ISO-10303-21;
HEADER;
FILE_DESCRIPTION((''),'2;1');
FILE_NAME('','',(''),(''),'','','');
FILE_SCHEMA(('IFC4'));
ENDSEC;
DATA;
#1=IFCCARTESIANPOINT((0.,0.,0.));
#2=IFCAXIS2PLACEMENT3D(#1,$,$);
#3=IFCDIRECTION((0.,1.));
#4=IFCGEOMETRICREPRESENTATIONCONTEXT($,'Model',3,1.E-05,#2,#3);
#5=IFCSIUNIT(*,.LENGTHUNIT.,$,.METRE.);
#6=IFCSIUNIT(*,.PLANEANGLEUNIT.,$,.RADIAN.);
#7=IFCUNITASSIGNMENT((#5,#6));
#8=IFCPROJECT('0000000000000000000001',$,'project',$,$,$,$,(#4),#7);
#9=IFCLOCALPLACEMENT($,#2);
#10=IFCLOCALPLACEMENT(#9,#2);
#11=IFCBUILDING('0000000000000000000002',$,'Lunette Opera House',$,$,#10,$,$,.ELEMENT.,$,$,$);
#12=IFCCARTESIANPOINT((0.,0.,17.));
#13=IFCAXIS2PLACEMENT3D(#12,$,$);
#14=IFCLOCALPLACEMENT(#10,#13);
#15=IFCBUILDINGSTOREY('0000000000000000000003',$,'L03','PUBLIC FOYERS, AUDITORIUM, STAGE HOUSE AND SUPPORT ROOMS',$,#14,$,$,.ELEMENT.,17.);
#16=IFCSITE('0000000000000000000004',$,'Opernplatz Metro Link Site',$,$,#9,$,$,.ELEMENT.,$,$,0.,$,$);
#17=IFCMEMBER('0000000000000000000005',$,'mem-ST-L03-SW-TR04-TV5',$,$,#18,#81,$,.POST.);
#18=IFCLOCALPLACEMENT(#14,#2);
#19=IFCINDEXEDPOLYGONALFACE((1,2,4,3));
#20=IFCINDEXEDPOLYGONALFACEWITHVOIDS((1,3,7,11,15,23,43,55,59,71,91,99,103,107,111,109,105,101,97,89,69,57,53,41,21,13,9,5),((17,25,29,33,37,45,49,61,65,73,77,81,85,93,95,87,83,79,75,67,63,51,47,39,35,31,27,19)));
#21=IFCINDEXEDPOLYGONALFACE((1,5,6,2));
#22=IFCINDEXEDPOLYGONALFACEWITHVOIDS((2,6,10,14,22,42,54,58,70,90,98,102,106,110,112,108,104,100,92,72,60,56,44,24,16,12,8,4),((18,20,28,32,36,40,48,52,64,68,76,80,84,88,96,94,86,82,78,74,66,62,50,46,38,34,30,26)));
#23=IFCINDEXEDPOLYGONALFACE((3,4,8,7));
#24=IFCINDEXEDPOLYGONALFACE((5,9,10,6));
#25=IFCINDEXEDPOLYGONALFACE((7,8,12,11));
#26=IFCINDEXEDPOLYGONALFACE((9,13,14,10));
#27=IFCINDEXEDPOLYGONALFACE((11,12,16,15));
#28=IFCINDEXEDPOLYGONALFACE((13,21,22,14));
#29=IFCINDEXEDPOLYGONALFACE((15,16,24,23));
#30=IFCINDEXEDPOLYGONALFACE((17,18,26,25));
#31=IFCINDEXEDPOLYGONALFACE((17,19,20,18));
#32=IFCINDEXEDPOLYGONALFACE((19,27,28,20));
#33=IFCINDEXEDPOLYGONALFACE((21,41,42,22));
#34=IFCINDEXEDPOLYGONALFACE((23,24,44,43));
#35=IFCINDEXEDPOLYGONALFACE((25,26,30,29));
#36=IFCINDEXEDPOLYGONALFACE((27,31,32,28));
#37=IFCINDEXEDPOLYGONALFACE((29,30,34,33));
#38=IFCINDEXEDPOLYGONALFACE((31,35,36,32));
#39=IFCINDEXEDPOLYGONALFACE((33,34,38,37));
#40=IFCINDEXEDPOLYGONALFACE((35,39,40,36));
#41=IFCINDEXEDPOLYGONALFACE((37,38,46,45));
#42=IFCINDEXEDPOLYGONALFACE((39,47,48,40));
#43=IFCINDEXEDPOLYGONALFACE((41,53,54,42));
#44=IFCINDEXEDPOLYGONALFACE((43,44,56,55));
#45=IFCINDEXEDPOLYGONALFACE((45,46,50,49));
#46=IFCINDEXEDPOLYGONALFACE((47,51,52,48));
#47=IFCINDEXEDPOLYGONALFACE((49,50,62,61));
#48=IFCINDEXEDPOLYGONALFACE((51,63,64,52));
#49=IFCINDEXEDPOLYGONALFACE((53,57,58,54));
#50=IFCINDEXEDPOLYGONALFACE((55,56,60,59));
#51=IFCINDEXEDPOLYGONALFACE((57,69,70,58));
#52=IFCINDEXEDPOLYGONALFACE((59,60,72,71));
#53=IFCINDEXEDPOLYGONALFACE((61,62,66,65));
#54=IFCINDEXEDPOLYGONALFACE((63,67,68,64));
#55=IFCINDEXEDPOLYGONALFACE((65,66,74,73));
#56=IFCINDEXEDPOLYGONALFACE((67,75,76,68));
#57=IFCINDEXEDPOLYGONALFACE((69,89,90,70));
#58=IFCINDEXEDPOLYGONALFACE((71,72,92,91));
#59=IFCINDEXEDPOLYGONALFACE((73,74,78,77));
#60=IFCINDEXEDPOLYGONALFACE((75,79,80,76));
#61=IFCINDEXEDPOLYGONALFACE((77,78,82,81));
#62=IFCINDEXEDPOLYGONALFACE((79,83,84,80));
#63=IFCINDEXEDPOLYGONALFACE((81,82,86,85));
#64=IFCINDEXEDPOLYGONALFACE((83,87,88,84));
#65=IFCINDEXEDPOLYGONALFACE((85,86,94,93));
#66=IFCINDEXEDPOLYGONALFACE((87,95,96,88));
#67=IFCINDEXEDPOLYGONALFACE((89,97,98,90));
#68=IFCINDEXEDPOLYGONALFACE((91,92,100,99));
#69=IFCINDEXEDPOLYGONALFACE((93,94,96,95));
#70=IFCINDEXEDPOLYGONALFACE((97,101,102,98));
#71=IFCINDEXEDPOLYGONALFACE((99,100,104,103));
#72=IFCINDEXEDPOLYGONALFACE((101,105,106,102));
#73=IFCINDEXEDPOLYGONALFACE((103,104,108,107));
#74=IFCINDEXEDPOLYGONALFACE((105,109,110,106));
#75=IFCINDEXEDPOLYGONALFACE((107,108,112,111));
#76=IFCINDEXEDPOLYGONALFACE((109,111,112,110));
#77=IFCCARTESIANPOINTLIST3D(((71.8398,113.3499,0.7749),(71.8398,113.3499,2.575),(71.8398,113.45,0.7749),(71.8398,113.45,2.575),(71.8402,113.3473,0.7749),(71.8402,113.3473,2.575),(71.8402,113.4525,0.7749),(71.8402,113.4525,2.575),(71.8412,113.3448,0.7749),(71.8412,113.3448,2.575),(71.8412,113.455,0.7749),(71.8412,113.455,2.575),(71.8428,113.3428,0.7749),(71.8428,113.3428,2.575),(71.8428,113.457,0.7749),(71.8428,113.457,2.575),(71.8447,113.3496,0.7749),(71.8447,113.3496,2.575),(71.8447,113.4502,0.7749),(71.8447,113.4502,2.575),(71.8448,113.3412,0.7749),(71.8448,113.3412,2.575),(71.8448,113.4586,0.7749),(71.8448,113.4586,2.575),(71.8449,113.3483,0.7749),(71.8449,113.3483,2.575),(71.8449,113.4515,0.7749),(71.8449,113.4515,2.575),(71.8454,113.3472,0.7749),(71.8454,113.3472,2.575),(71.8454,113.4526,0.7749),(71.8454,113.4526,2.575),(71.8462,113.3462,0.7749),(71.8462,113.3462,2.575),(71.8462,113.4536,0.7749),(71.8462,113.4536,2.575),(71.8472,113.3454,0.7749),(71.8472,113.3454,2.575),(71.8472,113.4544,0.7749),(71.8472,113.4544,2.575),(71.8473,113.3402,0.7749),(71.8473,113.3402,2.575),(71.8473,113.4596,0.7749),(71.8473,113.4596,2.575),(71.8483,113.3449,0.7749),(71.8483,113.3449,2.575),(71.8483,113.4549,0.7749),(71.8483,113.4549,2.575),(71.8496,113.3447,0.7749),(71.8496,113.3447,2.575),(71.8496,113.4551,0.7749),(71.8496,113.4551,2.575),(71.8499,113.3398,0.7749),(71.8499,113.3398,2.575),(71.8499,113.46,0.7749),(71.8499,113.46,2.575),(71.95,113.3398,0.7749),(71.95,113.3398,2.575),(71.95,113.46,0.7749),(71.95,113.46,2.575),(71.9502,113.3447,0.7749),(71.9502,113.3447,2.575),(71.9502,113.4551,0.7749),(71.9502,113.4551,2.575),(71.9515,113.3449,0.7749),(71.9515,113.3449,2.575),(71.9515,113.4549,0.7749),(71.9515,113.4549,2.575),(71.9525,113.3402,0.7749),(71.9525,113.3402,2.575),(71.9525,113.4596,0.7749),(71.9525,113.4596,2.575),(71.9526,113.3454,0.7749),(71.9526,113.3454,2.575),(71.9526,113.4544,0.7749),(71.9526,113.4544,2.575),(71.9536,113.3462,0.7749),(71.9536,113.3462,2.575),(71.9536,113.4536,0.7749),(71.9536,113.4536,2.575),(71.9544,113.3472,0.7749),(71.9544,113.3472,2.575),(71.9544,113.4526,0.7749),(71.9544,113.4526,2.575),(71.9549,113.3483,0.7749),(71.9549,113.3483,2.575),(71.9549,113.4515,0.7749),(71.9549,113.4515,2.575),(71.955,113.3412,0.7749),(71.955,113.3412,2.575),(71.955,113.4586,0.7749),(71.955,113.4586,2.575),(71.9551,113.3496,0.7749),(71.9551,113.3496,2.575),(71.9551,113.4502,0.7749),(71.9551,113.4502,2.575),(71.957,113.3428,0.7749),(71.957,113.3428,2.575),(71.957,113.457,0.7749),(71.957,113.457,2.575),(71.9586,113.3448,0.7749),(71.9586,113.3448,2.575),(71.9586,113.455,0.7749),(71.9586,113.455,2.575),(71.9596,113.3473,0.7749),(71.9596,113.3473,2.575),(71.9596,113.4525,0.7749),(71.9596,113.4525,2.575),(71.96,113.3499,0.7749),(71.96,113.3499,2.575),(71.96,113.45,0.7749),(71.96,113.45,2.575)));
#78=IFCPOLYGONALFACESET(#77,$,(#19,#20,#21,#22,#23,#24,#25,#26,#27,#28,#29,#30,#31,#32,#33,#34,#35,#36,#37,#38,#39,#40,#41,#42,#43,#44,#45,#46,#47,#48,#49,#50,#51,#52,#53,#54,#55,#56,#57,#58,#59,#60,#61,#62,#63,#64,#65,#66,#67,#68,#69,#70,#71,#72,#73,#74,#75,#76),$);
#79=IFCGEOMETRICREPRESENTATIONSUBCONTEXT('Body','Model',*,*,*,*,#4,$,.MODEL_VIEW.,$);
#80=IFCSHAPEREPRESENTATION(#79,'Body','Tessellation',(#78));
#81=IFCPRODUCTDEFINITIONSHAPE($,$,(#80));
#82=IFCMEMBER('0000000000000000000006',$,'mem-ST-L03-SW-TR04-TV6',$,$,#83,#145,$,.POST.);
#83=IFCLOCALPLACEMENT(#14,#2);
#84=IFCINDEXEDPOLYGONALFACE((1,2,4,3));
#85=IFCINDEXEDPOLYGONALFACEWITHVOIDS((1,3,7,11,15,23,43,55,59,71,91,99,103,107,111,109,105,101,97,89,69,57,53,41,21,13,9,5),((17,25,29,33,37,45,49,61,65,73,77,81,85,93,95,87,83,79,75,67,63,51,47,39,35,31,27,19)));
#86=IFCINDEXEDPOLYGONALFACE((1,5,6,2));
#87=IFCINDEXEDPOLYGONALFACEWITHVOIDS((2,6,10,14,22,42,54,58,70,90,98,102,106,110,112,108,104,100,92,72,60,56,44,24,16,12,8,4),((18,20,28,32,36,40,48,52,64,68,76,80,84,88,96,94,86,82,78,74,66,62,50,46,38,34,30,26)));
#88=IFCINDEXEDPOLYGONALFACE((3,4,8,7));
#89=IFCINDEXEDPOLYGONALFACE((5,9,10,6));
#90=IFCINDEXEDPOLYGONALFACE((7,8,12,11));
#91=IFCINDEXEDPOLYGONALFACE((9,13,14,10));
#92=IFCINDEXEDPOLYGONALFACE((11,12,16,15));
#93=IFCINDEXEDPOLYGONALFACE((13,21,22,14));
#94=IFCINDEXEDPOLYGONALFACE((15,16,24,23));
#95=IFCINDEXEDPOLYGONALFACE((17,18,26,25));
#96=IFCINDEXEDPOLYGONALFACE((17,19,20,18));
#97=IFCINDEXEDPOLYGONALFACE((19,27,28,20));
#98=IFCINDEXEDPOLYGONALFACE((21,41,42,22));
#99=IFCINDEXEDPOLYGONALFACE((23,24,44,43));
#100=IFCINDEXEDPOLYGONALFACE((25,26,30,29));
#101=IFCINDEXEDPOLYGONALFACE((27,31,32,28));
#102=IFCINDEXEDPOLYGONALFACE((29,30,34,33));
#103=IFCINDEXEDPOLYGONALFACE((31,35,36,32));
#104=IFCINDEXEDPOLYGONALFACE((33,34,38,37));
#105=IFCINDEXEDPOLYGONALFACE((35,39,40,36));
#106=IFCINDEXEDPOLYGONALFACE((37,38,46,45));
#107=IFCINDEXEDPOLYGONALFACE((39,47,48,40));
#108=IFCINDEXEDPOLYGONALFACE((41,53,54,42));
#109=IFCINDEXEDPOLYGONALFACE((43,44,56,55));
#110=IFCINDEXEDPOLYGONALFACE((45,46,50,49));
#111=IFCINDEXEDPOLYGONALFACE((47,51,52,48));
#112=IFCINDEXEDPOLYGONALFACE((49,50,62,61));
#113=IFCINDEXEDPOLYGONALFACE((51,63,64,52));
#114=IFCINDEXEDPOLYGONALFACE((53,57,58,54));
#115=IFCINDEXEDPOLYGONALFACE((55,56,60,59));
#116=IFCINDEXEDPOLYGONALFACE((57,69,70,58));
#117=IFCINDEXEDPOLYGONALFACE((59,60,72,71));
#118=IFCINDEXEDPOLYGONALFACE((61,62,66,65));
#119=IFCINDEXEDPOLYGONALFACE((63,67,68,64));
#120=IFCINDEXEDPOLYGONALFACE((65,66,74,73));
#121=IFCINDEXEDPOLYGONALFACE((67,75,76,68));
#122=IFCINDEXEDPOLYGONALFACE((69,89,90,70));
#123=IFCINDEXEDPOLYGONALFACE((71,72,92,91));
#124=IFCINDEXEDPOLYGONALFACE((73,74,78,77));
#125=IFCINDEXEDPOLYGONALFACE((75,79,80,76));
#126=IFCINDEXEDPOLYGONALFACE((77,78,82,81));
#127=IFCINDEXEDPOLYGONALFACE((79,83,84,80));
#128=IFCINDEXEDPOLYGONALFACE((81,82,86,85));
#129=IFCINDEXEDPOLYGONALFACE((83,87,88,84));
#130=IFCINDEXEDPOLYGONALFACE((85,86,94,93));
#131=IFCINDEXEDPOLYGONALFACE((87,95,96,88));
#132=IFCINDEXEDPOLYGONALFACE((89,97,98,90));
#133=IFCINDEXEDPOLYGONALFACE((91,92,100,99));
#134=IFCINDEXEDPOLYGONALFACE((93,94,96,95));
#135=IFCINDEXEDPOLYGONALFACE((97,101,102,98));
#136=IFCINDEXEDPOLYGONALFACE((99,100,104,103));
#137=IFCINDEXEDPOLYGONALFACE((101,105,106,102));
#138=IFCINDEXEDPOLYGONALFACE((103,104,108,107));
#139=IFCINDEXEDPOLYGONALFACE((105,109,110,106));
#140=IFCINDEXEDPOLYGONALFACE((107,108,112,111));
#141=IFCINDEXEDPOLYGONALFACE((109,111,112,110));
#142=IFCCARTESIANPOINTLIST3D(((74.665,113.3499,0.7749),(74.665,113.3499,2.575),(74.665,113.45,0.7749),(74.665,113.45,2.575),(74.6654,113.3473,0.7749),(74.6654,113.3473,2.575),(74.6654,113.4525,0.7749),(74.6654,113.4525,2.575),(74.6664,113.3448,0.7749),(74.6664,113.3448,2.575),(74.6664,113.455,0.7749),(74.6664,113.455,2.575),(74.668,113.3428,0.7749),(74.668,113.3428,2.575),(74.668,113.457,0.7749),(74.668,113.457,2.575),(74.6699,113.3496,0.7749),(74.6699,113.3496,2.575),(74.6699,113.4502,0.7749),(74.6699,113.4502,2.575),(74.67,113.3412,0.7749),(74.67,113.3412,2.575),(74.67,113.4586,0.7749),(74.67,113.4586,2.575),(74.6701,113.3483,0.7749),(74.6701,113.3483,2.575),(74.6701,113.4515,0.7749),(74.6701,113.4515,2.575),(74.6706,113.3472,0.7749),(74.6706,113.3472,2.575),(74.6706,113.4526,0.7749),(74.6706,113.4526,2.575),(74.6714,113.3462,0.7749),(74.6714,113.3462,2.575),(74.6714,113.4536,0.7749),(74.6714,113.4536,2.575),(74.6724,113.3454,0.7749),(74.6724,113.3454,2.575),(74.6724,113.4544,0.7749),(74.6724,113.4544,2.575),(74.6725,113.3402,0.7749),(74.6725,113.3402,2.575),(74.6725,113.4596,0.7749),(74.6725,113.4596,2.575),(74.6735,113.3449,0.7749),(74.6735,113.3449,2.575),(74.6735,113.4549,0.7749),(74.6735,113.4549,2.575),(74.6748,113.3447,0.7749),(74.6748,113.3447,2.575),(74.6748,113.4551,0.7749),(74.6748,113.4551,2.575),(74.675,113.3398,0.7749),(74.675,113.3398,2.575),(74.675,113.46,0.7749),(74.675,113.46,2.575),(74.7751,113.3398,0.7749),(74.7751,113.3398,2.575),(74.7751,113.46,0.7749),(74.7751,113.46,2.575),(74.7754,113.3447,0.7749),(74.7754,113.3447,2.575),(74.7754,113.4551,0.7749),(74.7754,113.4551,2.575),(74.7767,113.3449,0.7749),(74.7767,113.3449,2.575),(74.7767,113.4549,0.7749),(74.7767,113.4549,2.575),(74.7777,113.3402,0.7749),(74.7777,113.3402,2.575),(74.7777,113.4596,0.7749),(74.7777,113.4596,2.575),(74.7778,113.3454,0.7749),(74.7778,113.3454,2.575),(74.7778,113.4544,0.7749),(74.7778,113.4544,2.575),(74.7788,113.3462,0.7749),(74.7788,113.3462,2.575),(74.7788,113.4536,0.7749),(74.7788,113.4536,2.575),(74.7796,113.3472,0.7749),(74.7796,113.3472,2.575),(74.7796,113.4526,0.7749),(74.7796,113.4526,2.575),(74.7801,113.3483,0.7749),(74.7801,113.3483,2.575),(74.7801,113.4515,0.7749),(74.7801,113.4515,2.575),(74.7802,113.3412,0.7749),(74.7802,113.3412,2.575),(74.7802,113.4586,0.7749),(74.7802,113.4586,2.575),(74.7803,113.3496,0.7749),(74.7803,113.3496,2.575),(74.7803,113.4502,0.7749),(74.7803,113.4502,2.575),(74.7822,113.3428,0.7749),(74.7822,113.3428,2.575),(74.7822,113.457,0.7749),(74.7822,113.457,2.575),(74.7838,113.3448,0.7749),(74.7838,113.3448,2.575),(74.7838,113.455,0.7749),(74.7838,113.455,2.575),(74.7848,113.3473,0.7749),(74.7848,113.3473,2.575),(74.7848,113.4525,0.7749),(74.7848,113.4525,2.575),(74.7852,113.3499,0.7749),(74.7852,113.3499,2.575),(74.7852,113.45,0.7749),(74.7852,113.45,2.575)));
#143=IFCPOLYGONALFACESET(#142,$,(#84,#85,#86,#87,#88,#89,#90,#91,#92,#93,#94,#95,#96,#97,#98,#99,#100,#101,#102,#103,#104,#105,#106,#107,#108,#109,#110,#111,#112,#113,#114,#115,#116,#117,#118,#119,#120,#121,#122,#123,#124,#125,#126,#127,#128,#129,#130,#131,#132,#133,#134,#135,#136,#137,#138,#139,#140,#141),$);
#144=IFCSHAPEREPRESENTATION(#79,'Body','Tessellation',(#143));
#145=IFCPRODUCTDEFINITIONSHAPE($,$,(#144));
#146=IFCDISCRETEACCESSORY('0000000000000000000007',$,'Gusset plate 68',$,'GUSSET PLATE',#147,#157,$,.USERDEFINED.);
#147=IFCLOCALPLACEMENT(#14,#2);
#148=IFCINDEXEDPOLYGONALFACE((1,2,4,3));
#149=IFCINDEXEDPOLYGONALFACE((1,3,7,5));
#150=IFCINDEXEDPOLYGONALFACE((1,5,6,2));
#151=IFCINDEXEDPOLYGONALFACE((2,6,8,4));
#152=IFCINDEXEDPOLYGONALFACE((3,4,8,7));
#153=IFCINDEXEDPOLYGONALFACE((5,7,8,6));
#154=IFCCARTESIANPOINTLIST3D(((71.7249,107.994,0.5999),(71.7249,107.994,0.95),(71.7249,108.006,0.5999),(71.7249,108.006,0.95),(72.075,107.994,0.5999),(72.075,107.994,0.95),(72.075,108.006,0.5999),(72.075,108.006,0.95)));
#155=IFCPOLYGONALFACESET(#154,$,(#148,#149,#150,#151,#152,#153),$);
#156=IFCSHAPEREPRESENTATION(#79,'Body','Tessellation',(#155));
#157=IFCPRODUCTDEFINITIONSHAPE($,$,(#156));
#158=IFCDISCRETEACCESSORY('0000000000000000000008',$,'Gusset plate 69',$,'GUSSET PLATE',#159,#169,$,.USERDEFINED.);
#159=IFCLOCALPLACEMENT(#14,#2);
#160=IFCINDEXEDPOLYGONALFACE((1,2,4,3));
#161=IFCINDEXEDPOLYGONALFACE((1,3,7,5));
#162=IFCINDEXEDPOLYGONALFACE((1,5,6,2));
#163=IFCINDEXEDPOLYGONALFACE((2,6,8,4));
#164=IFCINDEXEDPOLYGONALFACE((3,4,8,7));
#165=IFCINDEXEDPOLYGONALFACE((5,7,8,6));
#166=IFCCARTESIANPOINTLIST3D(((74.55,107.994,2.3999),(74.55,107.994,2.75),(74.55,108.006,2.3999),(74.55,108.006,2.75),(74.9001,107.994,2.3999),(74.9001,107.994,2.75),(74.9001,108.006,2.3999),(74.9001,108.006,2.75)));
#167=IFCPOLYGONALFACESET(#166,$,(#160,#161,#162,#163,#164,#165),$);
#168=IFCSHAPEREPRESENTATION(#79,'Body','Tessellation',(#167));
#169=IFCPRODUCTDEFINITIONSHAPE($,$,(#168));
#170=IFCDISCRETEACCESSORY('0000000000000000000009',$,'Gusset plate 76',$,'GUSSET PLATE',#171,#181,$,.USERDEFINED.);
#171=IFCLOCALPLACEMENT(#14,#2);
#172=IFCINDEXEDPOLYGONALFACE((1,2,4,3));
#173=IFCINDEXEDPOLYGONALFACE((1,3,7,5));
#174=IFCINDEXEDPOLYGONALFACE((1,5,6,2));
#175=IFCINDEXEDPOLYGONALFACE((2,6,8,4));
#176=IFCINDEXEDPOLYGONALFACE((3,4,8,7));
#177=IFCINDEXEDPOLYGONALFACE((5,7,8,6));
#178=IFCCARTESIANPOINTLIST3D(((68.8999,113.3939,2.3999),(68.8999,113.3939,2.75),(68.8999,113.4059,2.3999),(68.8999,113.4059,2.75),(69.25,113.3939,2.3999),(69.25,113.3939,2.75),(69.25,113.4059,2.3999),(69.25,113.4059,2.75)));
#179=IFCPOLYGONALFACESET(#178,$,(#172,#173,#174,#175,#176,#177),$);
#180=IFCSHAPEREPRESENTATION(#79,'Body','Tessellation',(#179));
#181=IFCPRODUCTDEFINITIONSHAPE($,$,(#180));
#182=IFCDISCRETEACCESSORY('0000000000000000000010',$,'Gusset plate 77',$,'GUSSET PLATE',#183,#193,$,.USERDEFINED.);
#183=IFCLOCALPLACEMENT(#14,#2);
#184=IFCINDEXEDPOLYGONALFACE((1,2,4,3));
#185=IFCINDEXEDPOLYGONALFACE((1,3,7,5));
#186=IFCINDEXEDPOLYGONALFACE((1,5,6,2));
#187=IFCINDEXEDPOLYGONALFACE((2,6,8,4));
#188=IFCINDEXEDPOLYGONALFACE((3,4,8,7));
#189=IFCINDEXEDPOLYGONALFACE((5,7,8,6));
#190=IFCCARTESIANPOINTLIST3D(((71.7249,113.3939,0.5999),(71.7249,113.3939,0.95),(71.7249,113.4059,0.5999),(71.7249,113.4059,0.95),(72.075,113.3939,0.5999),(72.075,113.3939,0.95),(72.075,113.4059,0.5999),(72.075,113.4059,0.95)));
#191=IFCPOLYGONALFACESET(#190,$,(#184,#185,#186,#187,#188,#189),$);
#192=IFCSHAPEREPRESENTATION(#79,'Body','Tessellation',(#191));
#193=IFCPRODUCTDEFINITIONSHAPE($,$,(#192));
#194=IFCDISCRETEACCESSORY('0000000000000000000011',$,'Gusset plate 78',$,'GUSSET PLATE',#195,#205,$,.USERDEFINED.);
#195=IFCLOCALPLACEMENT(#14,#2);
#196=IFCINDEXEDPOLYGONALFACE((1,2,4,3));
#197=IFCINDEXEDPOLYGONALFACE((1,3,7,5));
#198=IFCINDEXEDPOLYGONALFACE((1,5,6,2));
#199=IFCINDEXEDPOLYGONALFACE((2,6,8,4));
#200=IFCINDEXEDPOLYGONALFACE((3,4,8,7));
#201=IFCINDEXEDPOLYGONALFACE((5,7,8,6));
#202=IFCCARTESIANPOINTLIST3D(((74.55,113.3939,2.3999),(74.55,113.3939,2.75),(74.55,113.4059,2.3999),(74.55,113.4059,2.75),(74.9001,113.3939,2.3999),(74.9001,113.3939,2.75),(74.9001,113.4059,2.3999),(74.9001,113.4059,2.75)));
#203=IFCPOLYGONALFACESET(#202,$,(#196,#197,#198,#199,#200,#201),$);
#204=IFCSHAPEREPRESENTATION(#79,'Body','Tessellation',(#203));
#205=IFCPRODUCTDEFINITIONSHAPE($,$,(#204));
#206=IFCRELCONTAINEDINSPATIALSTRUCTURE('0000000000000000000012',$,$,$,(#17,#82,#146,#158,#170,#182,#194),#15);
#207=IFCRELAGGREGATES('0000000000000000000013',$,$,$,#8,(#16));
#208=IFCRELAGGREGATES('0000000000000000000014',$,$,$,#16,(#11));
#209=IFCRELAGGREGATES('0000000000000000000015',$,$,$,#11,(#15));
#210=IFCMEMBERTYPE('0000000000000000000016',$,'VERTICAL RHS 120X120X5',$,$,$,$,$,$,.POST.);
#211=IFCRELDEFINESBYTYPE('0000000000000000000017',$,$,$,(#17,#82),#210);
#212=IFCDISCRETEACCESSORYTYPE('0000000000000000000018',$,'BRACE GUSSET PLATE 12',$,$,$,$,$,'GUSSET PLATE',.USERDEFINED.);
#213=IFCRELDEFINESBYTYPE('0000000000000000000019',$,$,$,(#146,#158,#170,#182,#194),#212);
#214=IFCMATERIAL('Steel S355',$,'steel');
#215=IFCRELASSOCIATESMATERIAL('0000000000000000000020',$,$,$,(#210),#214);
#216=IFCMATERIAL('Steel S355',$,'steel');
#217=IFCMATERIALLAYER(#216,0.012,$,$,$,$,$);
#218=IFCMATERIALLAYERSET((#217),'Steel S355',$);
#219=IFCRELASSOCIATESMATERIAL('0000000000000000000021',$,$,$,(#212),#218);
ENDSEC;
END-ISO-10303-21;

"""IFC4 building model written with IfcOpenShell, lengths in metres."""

from ifc_helpers import new_model, si_unit, direction, frame, origin, origin_2d, place, context, subcontext, project, spatial, rectangle, hollow_rectangle, extrude, material, layer, layer_set, material_profile, profile_set, type_object, element, save


model = new_model("IFC4")

# Units and contexts
model_context = context("Model", 3, precision=1e-05, world=origin(), true_north=direction((0.0, 1.0)))
body_context = subcontext(model_context, "Body", "Model", "MODEL_VIEW")
ifc_project = project(units=[si_unit("LENGTHUNIT", "METRE"), si_unit("PLANEANGLEUNIT", "RADIAN")], contexts=[model_context])

# Site, building, storey
site_placement = place(None, origin())
site = spatial("IfcSite", under=ifc_project, at=site_placement, Name="Opernplatz Metro Link Site", CompositionType="ELEMENT", RefElevation=0.0)
building_placement = place(site_placement, origin())
building = spatial("IfcBuilding", under=site, at=building_placement, Name="Lunette Opera House", CompositionType="ELEMENT")
storey_placement = place(building_placement, frame((0.0, 0.0, 17.0)))
storey = spatial("IfcBuildingStorey", under=building, at=storey_placement, Name="L03", Description="PUBLIC FOYERS, AUDITORIUM, STAGE HOUSE AND SUPPORT ROOMS", CompositionType="ELEMENT", Elevation=17.0)

# Members
ifc_material_1 = material(Name="Steel S355", Category="steel")
ifc_material_profile_1 = material_profile(ifc_material_1, hollow_rectangle(XDim=0.1201, YDim=0.1201, WallThickness=0.0049, InnerFilletRadius=0.0049, OuterFilletRadius=0.01, at=origin_2d()), Name="RHS 120X120X5")
ifc_profile_set_1 = profile_set([ifc_material_profile_1], Name="Steel S355")
member_type_1 = type_object("IfcMemberType", Name="VERTICAL RHS 120X120X5", PredefinedType="POST", material=ifc_profile_set_1)
for number, where, z_axis, x_axis, name in (
    (1, (71.8999, 113.3999, 0.7749), (0.0, 0.0, 1.0), (1.0, 0.0, 0.0), "mem-ST-L03-SW-TR04-TV5"),
    (2, (74.7251, 113.3999, 0.7749), (0.0, 0.0, 1.0), (1.0, 0.0, 0.0), "mem-ST-L03-SW-TR04-TV6"),
):
    element("IfcMember", number, at=place(storey_placement, frame(where, z_axis=z_axis, x_axis=x_axis)), inside=storey, type_object=member_type_1, Name=name, PredefinedType="POST", context=body_context, shape_type="SweptSolid", body=[
        extrude(hollow_rectangle(XDim=0.1201, YDim=0.1201, WallThickness=0.0049, InnerFilletRadius=0.0049, OuterFilletRadius=0.01, at=origin_2d()), origin(), (0.0, 0.0, 1.0), 1.8),
    ])

# Discrete accessories
ifc_material_2 = material(Name="Steel S355", Category="steel")
ifc_layer = layer(ifc_material_2, 0.012)
ifc_layer_set = layer_set([ifc_layer], Name="Steel S355")
discrete_accessory_type = type_object("IfcDiscreteAccessoryType", Name="BRACE GUSSET PLATE 12", ElementType="GUSSET PLATE", PredefinedType="USERDEFINED", material=ifc_layer_set)
for number, where, z_axis, x_axis, name in (
    (3, (71.8999, 108.0, 0.5999), (0.0, 0.0, 1.0), (1.0, 0.0, 0.0), "Gusset plate 68"),
    (4, (74.7251, 108.0, 2.3999), (0.0, 0.0, 1.0), (1.0, 0.0, 0.0), "Gusset plate 69"),
    (5, (69.075, 113.3999, 2.3999), (0.0, 0.0, 1.0), (1.0, 0.0, 0.0), "Gusset plate 76"),
    (6, (71.8999, 113.3999, 0.5999), (0.0, 0.0, 1.0), (1.0, 0.0, 0.0), "Gusset plate 77"),
    (7, (74.7251, 113.3999, 2.3999), (0.0, 0.0, 1.0), (1.0, 0.0, 0.0), "Gusset plate 78"),
):
    element("IfcDiscreteAccessory", number, at=place(storey_placement, frame(where, z_axis=z_axis, x_axis=x_axis)), inside=storey, type_object=discrete_accessory_type, Name=name, ObjectType="GUSSET PLATE", PredefinedType="USERDEFINED", context=body_context, shape_type="SweptSolid", body=[
        extrude(rectangle(XDim=0.3501, YDim=0.012, at=origin_2d()), origin(), (0.0, 0.0, 1.0), 0.3501),
    ])

save(model, "model.ifc")
